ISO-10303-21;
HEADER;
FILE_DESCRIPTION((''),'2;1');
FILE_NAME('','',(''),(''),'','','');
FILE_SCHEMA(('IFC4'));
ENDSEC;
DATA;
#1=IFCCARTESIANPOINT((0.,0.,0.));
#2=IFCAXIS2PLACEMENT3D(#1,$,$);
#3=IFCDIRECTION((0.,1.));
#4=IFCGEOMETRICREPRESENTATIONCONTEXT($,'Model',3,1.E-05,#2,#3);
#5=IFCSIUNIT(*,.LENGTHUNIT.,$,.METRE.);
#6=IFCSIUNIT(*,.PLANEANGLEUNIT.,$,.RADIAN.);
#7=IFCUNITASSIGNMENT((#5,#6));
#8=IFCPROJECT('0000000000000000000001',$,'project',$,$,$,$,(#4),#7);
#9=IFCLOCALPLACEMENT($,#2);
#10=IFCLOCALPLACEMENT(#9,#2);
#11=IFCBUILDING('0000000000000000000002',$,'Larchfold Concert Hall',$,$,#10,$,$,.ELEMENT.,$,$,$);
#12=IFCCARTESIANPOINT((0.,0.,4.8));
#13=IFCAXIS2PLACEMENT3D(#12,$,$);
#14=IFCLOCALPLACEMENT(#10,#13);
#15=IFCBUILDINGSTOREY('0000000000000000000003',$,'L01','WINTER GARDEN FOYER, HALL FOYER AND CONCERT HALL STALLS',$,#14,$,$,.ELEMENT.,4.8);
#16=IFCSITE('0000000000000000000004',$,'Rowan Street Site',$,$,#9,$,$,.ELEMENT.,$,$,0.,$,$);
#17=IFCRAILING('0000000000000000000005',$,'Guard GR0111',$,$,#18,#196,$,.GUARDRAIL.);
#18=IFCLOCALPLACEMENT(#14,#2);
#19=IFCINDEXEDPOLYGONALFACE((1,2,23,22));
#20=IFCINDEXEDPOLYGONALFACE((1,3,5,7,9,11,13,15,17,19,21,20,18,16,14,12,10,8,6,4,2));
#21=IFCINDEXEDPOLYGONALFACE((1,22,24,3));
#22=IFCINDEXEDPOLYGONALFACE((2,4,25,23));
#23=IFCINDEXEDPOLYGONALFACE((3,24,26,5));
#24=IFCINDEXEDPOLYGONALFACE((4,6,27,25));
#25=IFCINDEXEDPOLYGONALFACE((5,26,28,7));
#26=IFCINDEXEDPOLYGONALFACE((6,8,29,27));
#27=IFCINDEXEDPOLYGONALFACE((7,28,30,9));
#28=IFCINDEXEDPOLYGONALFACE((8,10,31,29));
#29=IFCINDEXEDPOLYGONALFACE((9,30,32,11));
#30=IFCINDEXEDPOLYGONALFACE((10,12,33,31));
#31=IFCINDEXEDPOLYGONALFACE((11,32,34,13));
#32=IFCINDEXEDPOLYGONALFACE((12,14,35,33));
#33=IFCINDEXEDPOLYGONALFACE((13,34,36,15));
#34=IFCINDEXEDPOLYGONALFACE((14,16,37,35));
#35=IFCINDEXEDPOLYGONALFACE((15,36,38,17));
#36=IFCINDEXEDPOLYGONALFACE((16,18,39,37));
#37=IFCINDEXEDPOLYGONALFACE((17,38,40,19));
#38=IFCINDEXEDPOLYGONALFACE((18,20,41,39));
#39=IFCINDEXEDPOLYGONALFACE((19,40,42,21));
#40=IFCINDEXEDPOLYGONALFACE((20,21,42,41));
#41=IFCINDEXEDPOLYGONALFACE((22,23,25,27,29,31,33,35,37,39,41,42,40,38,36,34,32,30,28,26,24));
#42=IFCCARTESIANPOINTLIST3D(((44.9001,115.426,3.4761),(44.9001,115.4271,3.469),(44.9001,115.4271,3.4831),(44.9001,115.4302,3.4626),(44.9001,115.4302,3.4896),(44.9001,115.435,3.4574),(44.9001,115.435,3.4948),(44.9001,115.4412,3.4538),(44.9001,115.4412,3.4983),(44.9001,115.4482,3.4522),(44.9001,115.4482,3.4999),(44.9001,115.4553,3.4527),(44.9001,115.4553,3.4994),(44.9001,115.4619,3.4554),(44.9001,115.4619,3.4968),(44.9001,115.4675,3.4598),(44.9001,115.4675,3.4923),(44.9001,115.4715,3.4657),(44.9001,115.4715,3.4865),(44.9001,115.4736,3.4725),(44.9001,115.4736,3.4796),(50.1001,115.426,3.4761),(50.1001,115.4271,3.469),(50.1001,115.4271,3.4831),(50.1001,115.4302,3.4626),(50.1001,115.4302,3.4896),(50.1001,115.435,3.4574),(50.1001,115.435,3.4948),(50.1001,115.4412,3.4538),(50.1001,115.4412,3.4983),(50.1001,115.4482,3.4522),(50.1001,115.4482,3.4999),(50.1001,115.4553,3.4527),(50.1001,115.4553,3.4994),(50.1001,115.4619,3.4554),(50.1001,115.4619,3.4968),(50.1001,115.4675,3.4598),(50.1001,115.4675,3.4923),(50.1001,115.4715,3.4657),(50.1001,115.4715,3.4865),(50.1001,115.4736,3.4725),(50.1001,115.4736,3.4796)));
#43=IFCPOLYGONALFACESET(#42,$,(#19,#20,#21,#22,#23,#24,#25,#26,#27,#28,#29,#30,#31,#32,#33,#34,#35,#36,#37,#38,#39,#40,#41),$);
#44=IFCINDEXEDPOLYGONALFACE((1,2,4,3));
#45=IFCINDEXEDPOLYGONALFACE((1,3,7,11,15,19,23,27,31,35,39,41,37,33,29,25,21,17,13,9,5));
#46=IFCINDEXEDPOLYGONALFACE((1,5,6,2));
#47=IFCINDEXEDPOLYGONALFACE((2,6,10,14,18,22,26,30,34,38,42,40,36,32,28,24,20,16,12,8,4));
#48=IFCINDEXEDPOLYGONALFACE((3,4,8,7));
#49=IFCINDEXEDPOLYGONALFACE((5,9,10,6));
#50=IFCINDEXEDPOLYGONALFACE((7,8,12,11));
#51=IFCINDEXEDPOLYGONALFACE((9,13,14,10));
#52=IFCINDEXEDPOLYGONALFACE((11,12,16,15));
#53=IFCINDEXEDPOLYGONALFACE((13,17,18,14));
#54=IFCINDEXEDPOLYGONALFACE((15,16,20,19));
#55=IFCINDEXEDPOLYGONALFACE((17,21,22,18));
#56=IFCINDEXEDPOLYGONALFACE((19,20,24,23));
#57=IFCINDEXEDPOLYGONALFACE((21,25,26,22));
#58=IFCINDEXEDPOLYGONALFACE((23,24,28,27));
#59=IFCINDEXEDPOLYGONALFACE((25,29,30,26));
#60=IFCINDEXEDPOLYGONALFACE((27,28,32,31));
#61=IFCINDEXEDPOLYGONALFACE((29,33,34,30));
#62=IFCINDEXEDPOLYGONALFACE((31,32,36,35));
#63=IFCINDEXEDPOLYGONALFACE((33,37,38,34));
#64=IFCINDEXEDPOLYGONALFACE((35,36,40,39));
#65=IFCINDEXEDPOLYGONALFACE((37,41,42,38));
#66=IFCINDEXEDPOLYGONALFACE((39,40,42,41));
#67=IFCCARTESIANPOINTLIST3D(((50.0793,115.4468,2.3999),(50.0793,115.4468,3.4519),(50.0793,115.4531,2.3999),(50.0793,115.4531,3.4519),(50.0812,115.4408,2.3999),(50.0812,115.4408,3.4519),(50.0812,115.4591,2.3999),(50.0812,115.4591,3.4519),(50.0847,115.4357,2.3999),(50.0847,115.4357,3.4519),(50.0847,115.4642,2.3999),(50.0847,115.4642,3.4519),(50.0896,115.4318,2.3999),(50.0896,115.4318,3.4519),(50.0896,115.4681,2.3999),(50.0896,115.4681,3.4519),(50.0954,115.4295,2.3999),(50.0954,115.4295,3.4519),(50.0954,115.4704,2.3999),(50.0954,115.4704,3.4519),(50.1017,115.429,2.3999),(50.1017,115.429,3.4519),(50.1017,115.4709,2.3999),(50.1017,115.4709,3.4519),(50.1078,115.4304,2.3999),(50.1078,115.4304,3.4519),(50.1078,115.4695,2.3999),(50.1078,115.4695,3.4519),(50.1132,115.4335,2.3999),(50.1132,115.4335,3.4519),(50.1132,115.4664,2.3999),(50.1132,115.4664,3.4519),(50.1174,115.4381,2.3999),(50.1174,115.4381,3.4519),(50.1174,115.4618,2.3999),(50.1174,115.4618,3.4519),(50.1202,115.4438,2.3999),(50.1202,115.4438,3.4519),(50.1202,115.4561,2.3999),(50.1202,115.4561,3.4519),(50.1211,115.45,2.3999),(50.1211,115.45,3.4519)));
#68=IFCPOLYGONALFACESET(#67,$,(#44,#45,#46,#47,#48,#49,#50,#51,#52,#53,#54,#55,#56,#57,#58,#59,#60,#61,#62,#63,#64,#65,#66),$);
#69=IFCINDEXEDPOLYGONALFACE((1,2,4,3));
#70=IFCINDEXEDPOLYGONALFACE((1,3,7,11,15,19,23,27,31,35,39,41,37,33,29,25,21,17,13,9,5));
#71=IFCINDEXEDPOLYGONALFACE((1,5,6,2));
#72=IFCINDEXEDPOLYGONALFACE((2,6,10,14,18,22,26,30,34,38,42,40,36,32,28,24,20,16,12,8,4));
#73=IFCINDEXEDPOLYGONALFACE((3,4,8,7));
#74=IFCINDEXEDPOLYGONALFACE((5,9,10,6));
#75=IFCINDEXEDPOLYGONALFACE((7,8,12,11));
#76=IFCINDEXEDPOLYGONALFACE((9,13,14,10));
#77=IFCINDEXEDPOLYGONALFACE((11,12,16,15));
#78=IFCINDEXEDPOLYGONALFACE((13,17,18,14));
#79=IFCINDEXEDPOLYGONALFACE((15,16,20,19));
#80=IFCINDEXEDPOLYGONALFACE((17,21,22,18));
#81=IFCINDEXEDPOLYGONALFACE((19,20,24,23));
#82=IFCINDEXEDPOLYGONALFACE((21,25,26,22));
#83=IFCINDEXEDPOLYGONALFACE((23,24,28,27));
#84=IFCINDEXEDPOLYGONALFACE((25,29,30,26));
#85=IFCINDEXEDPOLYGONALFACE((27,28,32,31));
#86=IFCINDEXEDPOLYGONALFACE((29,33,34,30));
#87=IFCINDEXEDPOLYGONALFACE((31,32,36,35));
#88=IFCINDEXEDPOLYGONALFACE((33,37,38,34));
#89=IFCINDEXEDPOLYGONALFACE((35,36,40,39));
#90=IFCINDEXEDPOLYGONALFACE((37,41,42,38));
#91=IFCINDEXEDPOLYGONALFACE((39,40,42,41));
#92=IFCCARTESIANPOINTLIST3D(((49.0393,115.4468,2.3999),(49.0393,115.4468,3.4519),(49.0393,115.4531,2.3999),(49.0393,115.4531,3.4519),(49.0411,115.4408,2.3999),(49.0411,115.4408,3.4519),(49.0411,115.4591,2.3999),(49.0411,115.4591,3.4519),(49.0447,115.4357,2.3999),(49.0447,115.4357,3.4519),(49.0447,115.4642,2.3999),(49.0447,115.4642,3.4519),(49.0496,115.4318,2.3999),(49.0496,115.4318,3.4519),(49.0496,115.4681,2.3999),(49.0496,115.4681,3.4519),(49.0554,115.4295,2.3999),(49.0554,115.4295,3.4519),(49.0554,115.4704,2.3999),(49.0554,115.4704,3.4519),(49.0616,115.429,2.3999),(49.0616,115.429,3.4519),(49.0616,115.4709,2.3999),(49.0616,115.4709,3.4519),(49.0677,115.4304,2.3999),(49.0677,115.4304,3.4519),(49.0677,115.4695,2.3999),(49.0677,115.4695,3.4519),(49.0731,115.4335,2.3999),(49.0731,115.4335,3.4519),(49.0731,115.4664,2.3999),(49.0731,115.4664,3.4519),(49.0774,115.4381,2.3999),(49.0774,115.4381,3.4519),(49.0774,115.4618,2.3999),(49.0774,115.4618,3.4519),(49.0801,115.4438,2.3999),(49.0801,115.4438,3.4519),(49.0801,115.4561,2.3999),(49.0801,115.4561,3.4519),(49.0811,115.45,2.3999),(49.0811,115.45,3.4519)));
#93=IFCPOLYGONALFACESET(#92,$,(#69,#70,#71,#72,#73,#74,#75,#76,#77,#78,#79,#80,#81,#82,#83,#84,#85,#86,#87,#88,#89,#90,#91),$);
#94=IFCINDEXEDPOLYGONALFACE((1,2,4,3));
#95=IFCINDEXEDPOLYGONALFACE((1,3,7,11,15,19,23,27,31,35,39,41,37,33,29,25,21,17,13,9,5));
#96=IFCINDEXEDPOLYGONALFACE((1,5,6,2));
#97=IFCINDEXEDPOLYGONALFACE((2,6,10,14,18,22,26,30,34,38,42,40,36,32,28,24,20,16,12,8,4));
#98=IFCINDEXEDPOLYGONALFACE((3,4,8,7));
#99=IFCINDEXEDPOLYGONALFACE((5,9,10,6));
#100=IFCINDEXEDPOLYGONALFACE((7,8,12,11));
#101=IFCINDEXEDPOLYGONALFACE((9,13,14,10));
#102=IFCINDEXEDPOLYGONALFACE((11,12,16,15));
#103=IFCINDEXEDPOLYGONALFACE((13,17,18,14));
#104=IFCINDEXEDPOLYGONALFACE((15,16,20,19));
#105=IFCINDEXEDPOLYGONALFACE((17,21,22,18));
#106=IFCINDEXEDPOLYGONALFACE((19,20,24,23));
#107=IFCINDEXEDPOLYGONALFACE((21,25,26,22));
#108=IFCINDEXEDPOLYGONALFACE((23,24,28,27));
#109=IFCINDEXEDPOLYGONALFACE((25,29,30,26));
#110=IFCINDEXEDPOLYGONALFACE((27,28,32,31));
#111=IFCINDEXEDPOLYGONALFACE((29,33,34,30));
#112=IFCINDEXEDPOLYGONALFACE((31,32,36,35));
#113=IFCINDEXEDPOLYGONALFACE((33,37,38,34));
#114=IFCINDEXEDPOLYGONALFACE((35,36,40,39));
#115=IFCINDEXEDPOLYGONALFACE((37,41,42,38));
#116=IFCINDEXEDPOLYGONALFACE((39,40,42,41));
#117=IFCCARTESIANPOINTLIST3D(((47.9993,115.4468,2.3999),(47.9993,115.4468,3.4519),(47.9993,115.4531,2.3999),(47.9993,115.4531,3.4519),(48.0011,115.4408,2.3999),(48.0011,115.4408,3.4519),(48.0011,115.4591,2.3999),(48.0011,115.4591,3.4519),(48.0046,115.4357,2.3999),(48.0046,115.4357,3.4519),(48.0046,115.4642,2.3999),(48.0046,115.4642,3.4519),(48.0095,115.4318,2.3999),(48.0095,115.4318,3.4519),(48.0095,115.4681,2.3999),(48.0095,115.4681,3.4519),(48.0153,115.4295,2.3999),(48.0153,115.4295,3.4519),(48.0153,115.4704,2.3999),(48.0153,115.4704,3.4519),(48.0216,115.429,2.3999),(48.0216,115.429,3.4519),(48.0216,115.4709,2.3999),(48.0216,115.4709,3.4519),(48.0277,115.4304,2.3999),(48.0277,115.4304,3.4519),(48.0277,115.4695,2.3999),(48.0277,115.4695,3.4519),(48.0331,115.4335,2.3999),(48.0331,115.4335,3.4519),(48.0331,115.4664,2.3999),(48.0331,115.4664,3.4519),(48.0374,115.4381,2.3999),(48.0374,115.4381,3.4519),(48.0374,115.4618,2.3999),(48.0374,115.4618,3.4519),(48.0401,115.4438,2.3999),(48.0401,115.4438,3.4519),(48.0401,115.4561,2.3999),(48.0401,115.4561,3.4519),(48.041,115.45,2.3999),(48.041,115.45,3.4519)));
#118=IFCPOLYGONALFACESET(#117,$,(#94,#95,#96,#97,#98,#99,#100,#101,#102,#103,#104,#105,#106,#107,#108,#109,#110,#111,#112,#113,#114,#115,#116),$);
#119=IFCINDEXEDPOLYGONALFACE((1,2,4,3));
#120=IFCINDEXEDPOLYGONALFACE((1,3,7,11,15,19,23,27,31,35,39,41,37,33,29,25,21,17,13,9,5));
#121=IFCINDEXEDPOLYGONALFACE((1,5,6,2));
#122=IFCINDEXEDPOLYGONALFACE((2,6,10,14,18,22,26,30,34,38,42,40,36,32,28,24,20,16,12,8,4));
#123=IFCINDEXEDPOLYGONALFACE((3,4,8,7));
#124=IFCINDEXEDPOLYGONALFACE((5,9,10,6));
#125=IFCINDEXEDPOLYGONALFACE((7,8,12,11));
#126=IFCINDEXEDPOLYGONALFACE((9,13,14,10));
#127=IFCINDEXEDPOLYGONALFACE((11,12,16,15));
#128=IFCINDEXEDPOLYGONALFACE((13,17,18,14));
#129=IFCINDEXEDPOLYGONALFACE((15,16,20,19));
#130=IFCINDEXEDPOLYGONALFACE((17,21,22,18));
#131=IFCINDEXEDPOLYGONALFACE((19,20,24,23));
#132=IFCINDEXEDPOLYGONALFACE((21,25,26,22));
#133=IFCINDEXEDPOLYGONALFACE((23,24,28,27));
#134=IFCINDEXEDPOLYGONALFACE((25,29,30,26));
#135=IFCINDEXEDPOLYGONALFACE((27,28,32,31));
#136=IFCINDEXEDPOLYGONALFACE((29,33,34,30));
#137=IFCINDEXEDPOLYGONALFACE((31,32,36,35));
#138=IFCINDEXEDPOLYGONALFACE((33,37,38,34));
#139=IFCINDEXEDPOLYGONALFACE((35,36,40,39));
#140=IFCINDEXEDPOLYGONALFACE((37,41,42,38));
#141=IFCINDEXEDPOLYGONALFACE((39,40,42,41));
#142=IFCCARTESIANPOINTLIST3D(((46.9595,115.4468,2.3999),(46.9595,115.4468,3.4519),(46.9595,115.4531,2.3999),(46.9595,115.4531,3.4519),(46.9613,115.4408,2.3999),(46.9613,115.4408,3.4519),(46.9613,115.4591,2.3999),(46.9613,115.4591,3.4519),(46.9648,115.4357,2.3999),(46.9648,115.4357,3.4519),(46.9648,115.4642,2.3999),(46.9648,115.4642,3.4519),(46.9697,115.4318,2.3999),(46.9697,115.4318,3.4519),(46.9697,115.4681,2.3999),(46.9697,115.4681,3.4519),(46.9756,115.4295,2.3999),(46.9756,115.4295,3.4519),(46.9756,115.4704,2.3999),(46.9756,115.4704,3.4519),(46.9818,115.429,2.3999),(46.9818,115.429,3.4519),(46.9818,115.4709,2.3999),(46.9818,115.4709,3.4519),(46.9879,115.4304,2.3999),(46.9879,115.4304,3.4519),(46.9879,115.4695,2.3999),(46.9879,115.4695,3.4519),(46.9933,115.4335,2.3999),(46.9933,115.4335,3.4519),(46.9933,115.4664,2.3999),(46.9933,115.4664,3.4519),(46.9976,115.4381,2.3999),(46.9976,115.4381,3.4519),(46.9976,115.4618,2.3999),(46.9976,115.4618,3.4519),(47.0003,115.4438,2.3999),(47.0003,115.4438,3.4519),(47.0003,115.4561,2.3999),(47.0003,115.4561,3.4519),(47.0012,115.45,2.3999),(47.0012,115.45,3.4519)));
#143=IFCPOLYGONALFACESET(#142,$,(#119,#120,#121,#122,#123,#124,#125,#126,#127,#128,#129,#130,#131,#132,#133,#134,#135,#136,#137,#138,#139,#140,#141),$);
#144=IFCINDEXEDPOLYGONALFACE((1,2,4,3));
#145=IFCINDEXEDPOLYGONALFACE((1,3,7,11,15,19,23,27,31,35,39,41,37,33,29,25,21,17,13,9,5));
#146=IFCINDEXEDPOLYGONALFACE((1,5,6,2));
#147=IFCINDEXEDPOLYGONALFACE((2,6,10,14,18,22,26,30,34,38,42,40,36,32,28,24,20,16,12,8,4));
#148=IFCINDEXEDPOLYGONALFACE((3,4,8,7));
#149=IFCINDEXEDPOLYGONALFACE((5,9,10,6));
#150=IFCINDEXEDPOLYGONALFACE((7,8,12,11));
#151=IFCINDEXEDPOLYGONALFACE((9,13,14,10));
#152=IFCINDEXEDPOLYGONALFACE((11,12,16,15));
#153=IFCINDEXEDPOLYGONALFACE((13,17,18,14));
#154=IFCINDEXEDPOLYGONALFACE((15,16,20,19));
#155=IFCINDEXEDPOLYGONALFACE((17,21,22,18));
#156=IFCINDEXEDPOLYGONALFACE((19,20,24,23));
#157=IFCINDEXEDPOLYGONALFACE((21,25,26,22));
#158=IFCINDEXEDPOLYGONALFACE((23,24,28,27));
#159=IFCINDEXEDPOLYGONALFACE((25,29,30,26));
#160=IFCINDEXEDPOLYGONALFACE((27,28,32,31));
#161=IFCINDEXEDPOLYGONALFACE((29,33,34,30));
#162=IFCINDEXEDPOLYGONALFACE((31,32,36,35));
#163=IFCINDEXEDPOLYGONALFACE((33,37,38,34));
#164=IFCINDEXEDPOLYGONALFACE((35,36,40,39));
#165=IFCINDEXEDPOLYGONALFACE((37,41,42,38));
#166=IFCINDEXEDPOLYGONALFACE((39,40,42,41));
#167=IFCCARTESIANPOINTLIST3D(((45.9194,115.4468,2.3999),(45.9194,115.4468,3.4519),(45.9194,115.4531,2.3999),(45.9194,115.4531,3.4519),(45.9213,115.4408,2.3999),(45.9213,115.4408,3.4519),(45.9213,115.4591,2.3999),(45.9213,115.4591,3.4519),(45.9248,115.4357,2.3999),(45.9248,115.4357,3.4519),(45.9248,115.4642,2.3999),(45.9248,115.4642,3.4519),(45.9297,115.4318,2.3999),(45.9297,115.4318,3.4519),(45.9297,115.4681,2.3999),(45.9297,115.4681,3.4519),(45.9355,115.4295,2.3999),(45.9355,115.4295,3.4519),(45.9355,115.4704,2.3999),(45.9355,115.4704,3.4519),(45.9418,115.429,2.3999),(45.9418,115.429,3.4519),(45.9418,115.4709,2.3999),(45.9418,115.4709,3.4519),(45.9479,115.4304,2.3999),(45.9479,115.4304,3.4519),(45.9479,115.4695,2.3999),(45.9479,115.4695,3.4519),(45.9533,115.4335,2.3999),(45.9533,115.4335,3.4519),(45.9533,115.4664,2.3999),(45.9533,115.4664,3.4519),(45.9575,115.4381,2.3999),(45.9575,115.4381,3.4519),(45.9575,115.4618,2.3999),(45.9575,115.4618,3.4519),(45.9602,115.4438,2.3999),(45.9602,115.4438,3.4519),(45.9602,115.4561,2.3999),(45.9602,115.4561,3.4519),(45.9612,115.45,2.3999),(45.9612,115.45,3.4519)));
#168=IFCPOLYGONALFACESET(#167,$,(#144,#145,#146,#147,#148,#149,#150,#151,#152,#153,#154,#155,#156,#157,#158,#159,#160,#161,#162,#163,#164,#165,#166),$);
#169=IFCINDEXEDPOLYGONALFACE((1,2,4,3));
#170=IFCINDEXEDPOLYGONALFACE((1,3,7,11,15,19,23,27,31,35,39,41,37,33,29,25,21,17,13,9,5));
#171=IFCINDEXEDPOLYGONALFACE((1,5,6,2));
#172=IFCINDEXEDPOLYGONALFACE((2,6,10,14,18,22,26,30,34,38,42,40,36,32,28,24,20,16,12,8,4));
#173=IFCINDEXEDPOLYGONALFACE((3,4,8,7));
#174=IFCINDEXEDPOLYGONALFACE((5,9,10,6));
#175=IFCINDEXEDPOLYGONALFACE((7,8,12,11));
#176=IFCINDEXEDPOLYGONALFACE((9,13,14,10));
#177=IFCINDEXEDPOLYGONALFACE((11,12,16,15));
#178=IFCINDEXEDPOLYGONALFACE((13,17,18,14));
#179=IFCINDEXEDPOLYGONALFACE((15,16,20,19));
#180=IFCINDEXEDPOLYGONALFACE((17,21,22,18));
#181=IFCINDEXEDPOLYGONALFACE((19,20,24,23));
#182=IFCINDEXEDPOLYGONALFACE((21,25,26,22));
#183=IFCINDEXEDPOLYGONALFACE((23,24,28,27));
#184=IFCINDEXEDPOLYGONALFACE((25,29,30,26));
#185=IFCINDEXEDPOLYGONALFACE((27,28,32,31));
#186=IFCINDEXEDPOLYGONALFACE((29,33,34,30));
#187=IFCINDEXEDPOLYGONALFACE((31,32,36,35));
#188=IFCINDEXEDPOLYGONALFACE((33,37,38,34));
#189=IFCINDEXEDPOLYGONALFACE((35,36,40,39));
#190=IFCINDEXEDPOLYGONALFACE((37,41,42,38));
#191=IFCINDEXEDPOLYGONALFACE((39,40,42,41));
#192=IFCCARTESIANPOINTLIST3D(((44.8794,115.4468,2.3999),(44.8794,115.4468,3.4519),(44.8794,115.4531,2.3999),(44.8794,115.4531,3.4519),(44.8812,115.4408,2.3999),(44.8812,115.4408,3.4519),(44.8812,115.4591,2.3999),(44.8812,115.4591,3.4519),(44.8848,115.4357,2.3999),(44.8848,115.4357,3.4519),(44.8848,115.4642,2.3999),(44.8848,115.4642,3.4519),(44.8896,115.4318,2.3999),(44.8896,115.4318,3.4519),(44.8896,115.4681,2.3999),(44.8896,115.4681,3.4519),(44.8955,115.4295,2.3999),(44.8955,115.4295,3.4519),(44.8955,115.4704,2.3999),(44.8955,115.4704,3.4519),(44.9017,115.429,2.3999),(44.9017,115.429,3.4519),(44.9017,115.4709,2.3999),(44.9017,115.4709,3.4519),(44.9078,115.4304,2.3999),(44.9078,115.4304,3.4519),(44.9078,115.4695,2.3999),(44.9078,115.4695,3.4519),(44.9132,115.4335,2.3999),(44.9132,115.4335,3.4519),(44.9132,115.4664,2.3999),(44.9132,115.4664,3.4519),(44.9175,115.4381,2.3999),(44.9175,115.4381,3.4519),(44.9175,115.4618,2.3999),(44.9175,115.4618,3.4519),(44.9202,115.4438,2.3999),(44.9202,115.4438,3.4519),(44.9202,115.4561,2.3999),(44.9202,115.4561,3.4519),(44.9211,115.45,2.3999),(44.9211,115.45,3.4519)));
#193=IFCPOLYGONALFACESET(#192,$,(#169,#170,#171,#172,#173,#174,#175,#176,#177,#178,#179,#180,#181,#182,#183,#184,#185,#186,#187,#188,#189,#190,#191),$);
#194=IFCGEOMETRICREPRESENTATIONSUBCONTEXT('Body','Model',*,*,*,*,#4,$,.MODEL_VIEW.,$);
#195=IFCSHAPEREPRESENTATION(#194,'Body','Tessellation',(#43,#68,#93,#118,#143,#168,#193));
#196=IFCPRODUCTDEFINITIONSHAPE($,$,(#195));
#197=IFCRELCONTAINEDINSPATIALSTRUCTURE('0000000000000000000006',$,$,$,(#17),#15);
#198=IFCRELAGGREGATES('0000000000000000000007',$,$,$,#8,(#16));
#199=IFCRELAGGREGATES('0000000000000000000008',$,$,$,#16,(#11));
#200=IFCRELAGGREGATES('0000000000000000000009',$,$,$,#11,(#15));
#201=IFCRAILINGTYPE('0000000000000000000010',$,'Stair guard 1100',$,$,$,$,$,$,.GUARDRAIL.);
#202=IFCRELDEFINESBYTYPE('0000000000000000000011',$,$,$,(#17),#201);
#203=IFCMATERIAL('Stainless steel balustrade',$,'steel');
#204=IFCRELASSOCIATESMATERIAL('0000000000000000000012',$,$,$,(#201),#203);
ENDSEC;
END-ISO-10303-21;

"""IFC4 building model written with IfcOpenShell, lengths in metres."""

from ifc_helpers import new_model, si_unit, direction, frame, origin, origin_2d, place, context, subcontext, project, spatial, circle, extrude, material, type_object, element, save


model = new_model("IFC4")

# Units and contexts
model_context = context("Model", 3, precision=1e-05, world=origin(), true_north=direction((0.0, 1.0)))
body_context = subcontext(model_context, "Body", "Model", "MODEL_VIEW")
ifc_project = project(units=[si_unit("LENGTHUNIT", "METRE"), si_unit("PLANEANGLEUNIT", "RADIAN")], contexts=[model_context])

# Site, building, storey
site_placement = place(None, origin())
site = spatial("IfcSite", under=ifc_project, at=site_placement, Name="Rowan Street Site", CompositionType="ELEMENT", RefElevation=0.0)
building_placement = place(site_placement, origin())
building = spatial("IfcBuilding", under=site, at=building_placement, Name="Larchfold Concert Hall", CompositionType="ELEMENT")
storey_placement = place(building_placement, frame((0.0, 0.0, 4.8)))
storey = spatial("IfcBuildingStorey", under=building, at=storey_placement, Name="L01", Description="WINTER GARDEN FOYER, HALL FOYER AND CONCERT HALL STALLS", CompositionType="ELEMENT", Elevation=4.8)

# Railing
ifc_material_1 = material(Name="Stainless steel balustrade", Category="steel")
railing_type_1 = type_object("IfcRailingType", Name="Stair guard 1100", PredefinedType="GUARDRAIL", material=ifc_material_1)
railing_1_placement = place(storey_placement, frame((50.1001, 115.45, 2.3999)))
element("IfcRailing", 1, at=railing_1_placement, inside=storey, type_object=railing_type_1, Name="Guard GR0111", PredefinedType="GUARDRAIL", context=body_context, shape_type="SweptSolid", body=[
    extrude(circle(Radius=0.0239, at=origin_2d()), frame((0.0, 0.0, 1.0762), z_axis=(-1.0, 0.0, 0.0), x_axis=(0.0, -1.0, 0.0)), (0.0, 0.0, 1.0), 5.2),
    extrude(circle(Radius=0.021, at=origin_2d()), origin(), (0.0, 0.0, 1.0), 1.052),
    extrude(circle(Radius=0.021, at=origin_2d()), frame((-1.04, 0.0, 0.0)), (0.0, 0.0, 1.0), 1.052),
    extrude(circle(Radius=0.021, at=origin_2d()), frame((-2.0801, 0.0, 0.0)), (0.0, 0.0, 1.0), 1.052),
    extrude(circle(Radius=0.021, at=origin_2d()), frame((-3.1199, 0.0, 0.0)), (0.0, 0.0, 1.0), 1.052),
    extrude(circle(Radius=0.021, at=origin_2d()), frame((-4.1599, 0.0, 0.0)), (0.0, 0.0, 1.0), 1.052),
    extrude(circle(Radius=0.021, at=origin_2d()), frame((-5.2, 0.0, 0.0)), (0.0, 0.0, 1.0), 1.052),
])

save(model, "model.ifc")
